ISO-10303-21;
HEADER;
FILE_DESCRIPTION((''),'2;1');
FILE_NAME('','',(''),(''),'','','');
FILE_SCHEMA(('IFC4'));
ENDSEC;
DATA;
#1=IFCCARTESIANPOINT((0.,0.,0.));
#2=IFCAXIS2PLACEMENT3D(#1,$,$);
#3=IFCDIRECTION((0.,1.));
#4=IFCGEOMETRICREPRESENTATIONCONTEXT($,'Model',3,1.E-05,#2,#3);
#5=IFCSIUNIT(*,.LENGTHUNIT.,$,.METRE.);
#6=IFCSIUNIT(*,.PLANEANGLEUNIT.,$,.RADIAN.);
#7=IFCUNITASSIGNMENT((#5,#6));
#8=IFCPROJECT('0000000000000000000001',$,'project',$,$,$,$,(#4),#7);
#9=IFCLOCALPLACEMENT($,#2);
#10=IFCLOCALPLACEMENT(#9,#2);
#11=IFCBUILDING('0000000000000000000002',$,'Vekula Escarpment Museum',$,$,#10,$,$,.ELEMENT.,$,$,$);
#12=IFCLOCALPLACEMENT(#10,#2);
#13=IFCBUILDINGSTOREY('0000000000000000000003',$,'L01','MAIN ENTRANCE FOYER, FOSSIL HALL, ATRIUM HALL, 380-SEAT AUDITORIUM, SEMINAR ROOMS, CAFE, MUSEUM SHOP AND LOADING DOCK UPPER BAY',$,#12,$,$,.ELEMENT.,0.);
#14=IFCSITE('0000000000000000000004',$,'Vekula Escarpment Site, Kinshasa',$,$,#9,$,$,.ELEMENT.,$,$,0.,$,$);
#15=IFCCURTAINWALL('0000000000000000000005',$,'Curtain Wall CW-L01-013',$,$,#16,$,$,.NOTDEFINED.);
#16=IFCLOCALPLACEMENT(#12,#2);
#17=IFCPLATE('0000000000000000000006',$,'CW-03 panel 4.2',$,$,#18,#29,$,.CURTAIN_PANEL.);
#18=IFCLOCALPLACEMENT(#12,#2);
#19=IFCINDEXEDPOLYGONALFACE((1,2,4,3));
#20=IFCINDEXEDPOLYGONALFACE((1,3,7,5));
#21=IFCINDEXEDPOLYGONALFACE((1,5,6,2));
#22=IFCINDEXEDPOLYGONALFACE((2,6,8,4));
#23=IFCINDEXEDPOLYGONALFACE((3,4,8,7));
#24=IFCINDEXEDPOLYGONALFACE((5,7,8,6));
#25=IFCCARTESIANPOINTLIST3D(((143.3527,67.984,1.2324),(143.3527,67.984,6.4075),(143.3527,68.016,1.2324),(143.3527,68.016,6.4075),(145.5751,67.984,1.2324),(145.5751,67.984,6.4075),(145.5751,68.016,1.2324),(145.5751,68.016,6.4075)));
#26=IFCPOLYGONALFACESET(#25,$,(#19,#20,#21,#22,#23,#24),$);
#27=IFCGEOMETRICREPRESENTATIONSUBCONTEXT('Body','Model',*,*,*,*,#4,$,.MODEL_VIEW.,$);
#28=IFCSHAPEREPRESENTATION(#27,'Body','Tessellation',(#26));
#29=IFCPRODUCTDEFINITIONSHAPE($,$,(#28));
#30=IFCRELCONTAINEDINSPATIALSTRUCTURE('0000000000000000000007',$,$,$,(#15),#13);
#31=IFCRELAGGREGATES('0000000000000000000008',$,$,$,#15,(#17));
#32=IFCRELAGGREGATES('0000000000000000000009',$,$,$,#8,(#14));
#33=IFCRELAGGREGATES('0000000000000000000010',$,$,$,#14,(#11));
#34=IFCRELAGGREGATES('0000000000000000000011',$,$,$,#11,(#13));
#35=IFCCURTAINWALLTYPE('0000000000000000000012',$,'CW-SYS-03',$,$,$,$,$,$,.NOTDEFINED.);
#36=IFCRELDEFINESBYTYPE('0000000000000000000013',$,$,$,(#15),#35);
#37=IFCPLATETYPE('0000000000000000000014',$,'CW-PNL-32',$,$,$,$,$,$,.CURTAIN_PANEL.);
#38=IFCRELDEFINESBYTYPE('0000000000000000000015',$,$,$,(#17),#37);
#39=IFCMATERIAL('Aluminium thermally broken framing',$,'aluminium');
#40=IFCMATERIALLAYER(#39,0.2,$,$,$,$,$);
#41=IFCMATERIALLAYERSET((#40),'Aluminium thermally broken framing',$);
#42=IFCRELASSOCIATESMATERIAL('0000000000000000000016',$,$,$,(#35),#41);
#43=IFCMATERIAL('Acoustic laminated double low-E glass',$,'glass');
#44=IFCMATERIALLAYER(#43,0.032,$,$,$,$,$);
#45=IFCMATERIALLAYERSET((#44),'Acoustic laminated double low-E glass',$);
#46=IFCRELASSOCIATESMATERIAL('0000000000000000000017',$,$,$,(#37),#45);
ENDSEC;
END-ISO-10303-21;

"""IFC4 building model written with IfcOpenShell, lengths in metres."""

from ifc_helpers import new_model, si_unit, direction, frame, origin, origin_2d, place, context, subcontext, project, spatial, rectangle, extrude, material, layer, layer_set, type_object, element, aggregate, save


model = new_model("IFC4")

# Units and contexts
model_context = context("Model", 3, precision=1e-05, world=origin(), true_north=direction((0.0, 1.0)))
body_context = subcontext(model_context, "Body", "Model", "MODEL_VIEW")
ifc_project = project(units=[si_unit("LENGTHUNIT", "METRE"), si_unit("PLANEANGLEUNIT", "RADIAN")], contexts=[model_context])

# Site, building, storey
site_placement = place(None, origin())
site = spatial("IfcSite", under=ifc_project, at=site_placement, Name="Vekula Escarpment Site, Kinshasa", CompositionType="ELEMENT", RefElevation=0.0)
building_placement = place(site_placement, origin())
building = spatial("IfcBuilding", under=site, at=building_placement, Name="Vekula Escarpment Museum", CompositionType="ELEMENT")
storey_placement = place(building_placement, origin())
storey = spatial("IfcBuildingStorey", under=building, at=storey_placement, Name="L01", Description="MAIN ENTRANCE FOYER, FOSSIL HALL, ATRIUM HALL, 380-SEAT AUDITORIUM, SEMINAR ROOMS, CAFE, MUSEUM SHOP AND LOADING DOCK UPPER BAY", CompositionType="ELEMENT", Elevation=0.0)

# Curtain wall, plate
ifc_material_1 = material(Name="Aluminium thermally broken framing", Category="aluminium")
ifc_layer_1 = layer(ifc_material_1, 0.2)
ifc_layer_set_1 = layer_set([ifc_layer_1], Name="Aluminium thermally broken framing")
curtain_wall_type = type_object("IfcCurtainWallType", Name="CW-SYS-03", PredefinedType="NOTDEFINED", material=ifc_layer_set_1)
curtain_wall_placement = place(storey_placement, origin())
curtain_wall = element("IfcCurtainWall", 1, at=curtain_wall_placement, inside=storey, type_object=curtain_wall_type, Name="Curtain Wall CW-L01-013", PredefinedType="NOTDEFINED")
ifc_material_2 = material(Name="Acoustic laminated double low-E glass", Category="glass")
ifc_layer_2 = layer(ifc_material_2, 0.032)
ifc_layer_set_2 = layer_set([ifc_layer_2], Name="Acoustic laminated double low-E glass")
plate_type = type_object("IfcPlateType", Name="CW-PNL-32", PredefinedType="CURTAIN_PANEL", material=ifc_layer_set_2)
plate_1_placement = place(storey_placement, frame((144.4639, 68.0, 1.2324), z_axis=(0.0, 0.0, 1.0), x_axis=(1.0, 0.0, 0.0)))
plate_1 = element("IfcPlate", 2, at=plate_1_placement, type_object=plate_type, Name="CW-03 panel 4.2", PredefinedType="CURTAIN_PANEL", context=body_context, shape_type="SweptSolid", body=[
    extrude(rectangle(XDim=2.2224, YDim=0.032, at=origin_2d()), origin(), (0.0, 0.0, 1.0), 5.175),
])
aggregate(curtain_wall, [plate_1])

save(model, "model.ifc")
